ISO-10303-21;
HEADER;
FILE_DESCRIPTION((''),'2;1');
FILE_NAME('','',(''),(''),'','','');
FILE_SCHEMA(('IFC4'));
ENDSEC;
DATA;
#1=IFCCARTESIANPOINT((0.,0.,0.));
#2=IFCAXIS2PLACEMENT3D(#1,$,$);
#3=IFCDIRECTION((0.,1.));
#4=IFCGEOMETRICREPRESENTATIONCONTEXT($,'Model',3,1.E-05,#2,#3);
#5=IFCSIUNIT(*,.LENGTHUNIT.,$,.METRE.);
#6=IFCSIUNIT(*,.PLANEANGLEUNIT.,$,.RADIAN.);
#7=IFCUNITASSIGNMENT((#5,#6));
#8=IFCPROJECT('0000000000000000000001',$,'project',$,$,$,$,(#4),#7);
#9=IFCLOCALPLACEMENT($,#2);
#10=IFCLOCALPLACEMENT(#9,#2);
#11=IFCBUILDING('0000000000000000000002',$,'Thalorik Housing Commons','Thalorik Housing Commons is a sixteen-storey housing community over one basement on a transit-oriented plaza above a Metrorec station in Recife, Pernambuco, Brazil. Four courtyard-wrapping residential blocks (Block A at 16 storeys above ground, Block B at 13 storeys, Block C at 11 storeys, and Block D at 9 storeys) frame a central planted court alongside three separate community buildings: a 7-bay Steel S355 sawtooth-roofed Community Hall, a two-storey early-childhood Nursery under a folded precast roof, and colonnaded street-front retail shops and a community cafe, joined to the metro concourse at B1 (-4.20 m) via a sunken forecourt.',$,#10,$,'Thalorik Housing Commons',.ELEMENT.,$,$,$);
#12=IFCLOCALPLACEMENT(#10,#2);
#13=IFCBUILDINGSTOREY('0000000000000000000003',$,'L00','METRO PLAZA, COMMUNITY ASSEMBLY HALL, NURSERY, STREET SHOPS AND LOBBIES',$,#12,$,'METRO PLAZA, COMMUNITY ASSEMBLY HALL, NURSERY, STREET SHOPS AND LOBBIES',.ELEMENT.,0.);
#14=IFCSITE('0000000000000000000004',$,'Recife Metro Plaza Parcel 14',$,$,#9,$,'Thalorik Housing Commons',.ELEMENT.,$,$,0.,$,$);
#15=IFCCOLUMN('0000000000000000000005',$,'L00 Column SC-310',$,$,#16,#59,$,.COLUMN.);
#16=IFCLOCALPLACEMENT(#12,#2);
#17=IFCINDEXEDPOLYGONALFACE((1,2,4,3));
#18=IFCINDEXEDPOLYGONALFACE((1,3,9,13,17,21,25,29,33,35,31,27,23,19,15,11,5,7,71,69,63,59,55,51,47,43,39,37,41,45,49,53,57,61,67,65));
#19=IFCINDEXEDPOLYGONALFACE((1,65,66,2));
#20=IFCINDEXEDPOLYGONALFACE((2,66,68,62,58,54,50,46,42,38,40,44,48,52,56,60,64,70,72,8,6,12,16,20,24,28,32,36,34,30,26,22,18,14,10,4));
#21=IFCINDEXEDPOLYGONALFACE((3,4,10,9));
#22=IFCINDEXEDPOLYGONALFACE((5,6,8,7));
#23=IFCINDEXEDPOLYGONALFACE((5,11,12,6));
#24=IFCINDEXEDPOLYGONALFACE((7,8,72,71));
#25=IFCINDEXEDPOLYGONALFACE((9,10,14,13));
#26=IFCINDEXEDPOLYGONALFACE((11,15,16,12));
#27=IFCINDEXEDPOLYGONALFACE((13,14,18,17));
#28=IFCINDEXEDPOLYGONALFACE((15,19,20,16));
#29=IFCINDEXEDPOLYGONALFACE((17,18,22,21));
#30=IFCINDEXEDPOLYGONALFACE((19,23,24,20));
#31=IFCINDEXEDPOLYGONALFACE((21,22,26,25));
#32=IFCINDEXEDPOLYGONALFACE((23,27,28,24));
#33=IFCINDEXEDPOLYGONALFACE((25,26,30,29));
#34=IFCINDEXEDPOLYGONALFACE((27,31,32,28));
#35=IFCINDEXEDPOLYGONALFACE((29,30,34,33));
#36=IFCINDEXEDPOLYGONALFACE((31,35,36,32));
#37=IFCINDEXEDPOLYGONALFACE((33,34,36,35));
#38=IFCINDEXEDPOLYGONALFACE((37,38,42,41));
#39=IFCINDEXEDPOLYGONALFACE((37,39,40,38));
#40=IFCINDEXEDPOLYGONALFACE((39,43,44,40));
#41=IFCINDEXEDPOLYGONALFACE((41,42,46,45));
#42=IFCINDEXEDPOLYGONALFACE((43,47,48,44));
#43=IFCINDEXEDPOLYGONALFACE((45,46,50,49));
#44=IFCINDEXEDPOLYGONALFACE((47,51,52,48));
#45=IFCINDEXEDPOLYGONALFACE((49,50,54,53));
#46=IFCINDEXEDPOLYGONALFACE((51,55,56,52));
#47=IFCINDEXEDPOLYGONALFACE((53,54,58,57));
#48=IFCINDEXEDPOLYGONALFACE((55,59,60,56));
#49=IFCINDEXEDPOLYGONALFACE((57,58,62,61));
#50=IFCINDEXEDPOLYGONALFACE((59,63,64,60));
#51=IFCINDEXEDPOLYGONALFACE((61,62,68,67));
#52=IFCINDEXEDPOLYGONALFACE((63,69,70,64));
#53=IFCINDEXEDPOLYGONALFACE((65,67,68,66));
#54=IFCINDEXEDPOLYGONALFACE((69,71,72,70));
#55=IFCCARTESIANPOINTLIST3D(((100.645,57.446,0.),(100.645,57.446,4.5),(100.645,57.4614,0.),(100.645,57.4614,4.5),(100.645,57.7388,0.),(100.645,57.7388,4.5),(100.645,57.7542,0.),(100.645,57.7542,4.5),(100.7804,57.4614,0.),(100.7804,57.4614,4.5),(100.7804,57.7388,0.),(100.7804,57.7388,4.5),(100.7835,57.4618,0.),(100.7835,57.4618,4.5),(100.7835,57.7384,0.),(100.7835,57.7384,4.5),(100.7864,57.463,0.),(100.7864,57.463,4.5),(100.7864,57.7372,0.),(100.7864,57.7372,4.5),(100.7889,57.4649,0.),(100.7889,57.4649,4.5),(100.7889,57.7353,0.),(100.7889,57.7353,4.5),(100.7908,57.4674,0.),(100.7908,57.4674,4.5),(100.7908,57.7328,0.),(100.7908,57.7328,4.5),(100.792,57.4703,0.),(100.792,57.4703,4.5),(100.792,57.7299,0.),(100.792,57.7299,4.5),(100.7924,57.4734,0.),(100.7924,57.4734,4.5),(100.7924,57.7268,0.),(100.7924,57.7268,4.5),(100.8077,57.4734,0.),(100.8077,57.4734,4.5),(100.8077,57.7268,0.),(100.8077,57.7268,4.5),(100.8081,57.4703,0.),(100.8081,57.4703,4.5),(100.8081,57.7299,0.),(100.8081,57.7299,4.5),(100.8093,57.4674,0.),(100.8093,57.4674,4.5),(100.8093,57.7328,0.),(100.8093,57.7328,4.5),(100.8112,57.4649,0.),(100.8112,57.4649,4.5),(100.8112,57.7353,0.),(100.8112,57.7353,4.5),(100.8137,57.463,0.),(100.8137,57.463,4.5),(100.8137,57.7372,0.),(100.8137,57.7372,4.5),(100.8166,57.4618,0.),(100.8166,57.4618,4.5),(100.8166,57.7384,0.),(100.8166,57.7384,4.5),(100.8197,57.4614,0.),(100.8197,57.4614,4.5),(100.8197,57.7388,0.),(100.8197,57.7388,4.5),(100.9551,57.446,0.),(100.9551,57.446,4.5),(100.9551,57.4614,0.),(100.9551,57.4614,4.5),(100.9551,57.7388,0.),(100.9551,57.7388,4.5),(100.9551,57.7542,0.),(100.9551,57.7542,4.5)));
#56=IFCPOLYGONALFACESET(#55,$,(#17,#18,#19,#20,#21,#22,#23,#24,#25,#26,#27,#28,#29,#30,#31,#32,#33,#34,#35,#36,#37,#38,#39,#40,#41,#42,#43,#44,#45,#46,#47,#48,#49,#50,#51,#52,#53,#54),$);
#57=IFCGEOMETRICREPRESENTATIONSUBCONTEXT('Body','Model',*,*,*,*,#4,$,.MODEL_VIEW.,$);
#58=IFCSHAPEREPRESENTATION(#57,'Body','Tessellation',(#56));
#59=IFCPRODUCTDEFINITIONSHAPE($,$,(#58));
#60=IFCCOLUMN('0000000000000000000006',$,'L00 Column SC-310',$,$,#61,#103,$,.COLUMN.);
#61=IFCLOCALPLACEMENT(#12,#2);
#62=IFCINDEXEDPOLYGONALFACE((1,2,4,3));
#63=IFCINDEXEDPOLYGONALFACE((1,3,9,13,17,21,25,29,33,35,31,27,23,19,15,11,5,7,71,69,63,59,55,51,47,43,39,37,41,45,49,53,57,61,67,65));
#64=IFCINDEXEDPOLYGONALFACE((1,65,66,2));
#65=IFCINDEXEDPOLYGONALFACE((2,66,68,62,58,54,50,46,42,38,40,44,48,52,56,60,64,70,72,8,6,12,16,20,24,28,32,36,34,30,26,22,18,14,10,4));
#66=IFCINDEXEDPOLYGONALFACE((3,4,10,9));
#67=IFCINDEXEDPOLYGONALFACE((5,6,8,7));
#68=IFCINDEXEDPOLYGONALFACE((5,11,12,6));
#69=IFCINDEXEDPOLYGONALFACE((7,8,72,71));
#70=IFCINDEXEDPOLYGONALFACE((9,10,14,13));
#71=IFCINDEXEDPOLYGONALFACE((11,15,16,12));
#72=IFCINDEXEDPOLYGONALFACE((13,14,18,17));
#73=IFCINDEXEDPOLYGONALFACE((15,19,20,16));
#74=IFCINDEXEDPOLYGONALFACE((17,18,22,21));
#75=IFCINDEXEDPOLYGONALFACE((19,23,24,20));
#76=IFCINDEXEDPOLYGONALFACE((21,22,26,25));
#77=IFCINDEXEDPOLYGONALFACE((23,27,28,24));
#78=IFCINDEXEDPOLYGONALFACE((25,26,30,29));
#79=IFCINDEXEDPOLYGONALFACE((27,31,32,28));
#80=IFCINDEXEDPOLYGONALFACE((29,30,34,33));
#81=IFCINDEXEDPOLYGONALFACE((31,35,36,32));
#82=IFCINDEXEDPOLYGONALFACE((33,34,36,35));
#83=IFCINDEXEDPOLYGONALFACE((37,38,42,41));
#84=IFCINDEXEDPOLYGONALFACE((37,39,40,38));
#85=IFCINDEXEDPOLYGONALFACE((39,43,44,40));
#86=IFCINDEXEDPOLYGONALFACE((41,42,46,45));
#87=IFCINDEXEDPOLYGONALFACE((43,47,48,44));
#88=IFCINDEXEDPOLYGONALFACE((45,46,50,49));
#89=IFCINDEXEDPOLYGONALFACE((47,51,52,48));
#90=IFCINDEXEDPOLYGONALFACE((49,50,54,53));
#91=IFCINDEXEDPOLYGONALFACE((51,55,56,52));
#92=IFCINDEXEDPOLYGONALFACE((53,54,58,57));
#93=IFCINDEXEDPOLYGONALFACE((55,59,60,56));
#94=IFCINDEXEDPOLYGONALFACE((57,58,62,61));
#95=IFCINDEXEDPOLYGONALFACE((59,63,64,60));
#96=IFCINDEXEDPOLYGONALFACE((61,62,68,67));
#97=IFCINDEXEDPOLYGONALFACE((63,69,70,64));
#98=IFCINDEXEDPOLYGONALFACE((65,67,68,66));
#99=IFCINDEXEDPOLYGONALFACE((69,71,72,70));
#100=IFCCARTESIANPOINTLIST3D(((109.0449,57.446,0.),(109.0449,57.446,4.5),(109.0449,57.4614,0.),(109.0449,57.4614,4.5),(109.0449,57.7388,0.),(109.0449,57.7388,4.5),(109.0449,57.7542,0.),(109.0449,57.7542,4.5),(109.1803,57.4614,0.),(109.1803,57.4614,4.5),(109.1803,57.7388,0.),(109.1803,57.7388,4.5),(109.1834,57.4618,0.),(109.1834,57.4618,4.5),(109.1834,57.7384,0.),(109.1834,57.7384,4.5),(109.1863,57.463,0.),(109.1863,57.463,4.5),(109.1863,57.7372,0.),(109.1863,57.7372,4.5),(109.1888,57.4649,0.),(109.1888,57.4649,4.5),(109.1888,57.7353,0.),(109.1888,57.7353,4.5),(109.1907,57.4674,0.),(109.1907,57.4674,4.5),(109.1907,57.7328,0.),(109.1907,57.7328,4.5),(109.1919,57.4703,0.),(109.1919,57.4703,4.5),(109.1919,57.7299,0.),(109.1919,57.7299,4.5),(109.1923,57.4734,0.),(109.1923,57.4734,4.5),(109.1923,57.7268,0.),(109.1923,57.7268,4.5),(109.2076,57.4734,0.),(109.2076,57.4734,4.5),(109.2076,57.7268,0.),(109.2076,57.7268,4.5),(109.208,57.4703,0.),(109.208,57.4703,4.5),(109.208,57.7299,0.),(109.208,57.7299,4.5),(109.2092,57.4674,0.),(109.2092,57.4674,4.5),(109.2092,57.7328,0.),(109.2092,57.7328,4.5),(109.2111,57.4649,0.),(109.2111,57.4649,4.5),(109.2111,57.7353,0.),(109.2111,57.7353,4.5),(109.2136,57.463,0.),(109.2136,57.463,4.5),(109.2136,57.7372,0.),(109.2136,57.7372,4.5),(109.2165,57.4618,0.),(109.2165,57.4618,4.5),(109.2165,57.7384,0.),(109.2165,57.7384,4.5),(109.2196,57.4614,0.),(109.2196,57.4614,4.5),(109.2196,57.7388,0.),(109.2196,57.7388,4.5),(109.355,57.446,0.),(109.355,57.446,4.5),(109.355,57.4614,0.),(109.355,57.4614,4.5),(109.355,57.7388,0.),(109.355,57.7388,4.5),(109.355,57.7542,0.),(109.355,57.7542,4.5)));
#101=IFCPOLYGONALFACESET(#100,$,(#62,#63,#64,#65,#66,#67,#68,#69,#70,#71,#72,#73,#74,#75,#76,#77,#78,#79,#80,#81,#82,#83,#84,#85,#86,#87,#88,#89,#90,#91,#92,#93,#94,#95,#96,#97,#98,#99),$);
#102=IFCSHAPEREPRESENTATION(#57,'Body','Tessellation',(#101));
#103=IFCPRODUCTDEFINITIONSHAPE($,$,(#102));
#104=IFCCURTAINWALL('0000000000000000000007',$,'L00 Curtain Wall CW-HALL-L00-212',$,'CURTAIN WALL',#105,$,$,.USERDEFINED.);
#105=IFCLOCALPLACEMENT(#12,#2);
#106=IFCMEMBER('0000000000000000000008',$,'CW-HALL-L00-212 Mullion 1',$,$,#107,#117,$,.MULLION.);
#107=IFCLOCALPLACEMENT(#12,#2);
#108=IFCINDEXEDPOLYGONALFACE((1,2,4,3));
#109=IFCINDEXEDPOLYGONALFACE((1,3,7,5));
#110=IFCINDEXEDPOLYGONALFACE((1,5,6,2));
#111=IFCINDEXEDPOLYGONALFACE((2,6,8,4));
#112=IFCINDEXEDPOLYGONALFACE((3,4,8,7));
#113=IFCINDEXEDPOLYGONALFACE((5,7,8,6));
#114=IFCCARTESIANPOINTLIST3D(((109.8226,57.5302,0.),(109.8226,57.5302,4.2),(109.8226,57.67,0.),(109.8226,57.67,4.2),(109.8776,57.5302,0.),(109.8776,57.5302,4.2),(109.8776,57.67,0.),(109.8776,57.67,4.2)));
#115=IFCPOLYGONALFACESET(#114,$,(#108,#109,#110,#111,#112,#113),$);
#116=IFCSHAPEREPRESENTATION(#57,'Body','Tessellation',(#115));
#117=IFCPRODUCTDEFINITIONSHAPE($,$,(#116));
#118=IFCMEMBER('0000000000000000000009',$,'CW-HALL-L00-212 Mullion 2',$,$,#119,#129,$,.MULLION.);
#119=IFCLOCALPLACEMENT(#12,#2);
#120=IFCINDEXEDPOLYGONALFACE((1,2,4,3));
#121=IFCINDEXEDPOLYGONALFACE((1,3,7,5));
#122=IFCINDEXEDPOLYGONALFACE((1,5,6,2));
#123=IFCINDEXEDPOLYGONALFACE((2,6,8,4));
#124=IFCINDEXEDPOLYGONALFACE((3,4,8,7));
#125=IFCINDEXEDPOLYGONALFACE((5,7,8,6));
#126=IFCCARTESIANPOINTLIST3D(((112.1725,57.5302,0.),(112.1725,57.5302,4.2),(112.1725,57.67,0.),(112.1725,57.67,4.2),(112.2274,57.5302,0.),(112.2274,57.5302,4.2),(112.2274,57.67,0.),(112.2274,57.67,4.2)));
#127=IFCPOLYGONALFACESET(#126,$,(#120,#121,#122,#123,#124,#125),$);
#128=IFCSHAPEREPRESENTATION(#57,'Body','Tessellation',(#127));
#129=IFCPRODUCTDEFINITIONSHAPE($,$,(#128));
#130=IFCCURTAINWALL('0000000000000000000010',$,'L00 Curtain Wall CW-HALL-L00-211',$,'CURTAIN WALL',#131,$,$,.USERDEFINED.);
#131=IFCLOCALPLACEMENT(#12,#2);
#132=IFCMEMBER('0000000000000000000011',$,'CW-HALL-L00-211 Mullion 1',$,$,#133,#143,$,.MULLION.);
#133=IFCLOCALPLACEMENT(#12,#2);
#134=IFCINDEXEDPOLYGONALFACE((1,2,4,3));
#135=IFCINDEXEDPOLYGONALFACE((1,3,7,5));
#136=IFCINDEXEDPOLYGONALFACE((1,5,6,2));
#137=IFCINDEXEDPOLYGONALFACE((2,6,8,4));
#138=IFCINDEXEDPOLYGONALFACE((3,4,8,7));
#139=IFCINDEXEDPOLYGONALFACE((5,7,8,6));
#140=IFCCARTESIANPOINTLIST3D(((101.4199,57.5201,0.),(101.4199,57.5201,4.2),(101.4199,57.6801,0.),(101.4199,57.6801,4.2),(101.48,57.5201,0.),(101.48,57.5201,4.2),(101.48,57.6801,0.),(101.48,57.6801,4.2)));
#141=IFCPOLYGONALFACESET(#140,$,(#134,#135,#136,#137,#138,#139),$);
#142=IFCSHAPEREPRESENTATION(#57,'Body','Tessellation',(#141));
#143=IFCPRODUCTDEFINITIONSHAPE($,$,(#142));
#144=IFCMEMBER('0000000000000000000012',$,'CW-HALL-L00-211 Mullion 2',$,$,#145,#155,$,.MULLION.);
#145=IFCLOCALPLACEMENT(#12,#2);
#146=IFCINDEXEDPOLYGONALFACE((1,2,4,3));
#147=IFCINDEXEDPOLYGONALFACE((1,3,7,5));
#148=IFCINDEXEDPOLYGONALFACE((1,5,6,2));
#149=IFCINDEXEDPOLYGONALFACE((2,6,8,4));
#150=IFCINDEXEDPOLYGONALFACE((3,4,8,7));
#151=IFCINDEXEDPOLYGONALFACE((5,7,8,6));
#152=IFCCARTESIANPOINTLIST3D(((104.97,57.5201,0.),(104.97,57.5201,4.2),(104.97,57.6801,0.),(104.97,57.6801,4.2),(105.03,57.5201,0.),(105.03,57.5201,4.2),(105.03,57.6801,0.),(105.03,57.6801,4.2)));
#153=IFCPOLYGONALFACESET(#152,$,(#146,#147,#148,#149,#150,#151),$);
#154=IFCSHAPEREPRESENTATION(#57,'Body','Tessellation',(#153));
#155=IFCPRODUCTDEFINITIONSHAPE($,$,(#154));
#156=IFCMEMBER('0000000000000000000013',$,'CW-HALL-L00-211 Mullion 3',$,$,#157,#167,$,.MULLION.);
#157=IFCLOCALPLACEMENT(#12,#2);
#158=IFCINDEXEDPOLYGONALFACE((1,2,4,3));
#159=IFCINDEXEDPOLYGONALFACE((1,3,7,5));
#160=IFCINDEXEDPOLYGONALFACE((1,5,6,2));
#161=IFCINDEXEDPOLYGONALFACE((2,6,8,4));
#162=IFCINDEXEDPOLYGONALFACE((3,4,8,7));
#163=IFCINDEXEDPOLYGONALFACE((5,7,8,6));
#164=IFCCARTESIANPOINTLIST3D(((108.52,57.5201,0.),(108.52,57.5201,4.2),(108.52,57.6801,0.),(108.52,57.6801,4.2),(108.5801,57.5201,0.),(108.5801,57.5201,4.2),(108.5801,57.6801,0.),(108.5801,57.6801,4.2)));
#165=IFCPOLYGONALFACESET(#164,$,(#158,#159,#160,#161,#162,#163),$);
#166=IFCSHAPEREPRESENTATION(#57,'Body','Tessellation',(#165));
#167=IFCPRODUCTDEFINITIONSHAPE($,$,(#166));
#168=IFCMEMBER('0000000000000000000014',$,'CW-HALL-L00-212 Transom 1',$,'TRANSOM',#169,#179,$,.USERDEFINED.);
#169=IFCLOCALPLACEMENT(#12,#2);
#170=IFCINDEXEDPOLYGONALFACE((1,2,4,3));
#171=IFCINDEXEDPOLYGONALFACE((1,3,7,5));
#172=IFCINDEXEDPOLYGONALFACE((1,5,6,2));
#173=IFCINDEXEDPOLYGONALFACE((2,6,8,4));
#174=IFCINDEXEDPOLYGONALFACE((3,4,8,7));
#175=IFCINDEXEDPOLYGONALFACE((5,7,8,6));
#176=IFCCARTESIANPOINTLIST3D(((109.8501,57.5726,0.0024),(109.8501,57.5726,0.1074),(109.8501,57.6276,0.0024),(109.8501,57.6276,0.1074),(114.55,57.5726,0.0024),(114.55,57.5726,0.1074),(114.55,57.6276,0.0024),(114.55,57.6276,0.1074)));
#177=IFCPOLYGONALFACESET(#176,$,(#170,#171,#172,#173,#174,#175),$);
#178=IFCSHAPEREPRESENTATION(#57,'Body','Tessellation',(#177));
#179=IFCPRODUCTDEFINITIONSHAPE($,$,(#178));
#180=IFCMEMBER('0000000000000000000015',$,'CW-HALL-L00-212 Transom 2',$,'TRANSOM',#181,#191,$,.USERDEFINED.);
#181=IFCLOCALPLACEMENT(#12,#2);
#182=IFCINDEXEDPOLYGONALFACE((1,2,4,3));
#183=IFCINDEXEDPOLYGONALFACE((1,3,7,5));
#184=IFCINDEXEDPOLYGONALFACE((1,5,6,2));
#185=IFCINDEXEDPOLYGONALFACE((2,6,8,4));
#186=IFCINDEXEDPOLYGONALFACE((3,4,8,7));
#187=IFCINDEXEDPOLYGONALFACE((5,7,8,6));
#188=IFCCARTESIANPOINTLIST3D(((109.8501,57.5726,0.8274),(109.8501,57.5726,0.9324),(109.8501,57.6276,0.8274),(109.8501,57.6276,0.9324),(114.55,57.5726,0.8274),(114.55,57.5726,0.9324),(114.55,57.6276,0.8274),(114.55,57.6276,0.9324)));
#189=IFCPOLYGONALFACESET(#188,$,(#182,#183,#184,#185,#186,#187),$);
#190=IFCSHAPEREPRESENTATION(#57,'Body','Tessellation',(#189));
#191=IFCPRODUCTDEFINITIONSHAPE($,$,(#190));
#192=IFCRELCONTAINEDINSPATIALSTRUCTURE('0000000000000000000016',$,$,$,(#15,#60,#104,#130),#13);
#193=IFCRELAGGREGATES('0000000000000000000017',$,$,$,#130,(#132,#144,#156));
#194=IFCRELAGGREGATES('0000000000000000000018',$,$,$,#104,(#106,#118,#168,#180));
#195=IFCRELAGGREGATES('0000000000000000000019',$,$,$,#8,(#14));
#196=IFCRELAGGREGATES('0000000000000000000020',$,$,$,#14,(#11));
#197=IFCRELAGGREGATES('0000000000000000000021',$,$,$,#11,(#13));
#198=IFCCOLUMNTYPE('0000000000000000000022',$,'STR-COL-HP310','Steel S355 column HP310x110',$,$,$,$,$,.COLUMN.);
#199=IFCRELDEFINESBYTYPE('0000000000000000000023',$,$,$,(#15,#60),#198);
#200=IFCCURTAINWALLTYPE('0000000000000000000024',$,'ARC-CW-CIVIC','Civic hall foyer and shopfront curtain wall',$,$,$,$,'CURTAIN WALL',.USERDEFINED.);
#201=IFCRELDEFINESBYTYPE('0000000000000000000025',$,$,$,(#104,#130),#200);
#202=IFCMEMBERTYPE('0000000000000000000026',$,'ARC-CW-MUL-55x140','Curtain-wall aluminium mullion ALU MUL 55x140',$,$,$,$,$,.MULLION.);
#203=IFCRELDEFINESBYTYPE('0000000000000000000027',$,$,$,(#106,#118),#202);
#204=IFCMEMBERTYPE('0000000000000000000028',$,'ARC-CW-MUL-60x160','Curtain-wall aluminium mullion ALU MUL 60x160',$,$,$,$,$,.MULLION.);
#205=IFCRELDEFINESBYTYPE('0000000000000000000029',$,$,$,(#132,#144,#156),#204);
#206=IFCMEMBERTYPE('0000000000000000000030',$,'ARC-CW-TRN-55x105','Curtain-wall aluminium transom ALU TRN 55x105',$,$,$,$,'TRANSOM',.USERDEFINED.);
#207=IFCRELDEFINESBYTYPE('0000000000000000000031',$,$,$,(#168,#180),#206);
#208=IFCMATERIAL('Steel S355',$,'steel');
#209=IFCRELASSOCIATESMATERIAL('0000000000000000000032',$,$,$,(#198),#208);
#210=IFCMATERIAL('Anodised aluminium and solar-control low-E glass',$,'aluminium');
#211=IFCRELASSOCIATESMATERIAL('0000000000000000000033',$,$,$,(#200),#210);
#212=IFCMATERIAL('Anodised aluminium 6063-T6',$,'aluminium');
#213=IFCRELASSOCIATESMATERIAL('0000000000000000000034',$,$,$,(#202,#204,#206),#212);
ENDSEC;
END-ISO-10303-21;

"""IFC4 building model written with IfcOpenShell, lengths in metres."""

from ifc_helpers import new_model, si_unit, direction, frame, origin, origin_2d, place, context, subcontext, project, spatial, rectangle, i_section, extrude, material, material_profile, profile_set, type_object, element, aggregate, save


model = new_model("IFC4")

# Units and contexts
model_context = context("Model", 3, precision=1e-05, world=origin(), true_north=direction((0.0, 1.0)))
body_context = subcontext(model_context, "Body", "Model", "MODEL_VIEW")
ifc_project = project(units=[si_unit("LENGTHUNIT", "METRE"), si_unit("PLANEANGLEUNIT", "RADIAN")], contexts=[model_context])

# Site, building, storey
site_placement = place(None, origin())
site = spatial("IfcSite", under=ifc_project, at=site_placement, Name="Recife Metro Plaza Parcel 14", LongName="Thalorik Housing Commons", CompositionType="ELEMENT", RefElevation=0.0)
building_placement = place(site_placement, origin())
building = spatial("IfcBuilding", under=site, at=building_placement, Name="Thalorik Housing Commons", Description="Thalorik Housing Commons is a sixteen-storey housing community over one basement on a transit-oriented plaza above a Metrorec station in Recife, Pernambuco, Brazil. Four courtyard-wrapping residential blocks (Block A at 16 storeys above ground, Block B at 13 storeys, Block C at 11 storeys, and Block D at 9 storeys) frame a central planted court alongside three separate community buildings: a 7-bay Steel S355 sawtooth-roofed Community Hall, a two-storey early-childhood Nursery under a folded precast roof, and colonnaded street-front retail shops and a community cafe, joined to the metro concourse at B1 (-4.20 m) via a sunken forecourt.", LongName="Thalorik Housing Commons", CompositionType="ELEMENT")
storey_placement = place(building_placement, origin())
storey = spatial("IfcBuildingStorey", under=building, at=storey_placement, Name="L00", Description="METRO PLAZA, COMMUNITY ASSEMBLY HALL, NURSERY, STREET SHOPS AND LOBBIES", LongName="METRO PLAZA, COMMUNITY ASSEMBLY HALL, NURSERY, STREET SHOPS AND LOBBIES", CompositionType="ELEMENT", Elevation=0.0)

# Columns
ifc_material_1 = material(Name="Steel S355", Category="steel")
ifc_material_profile_1 = material_profile(ifc_material_1, i_section(OverallWidth=0.3101, OverallDepth=0.3081, WebThickness=0.0154, FlangeThickness=0.0154, FilletRadius=0.012, at=origin_2d()), Name="HP310x110", Category="steel")
ifc_profile_set_1 = profile_set([ifc_material_profile_1], Name="Steel S355")
column_type = type_object("IfcColumnType", Name="STR-COL-HP310", Description="Steel S355 column HP310x110", PredefinedType="COLUMN", material=ifc_profile_set_1)
for number, where, z_axis, x_axis, name in (
    (1, (100.8, 57.6001, 0.0), (0.0, 0.0, 1.0), (1.0, 0.0, 0.0), "L00 Column SC-310"),
    (2, (109.2, 57.6001, 0.0), (0.0, 0.0, 1.0), (1.0, 0.0, 0.0), "L00 Column SC-310"),
):
    element("IfcColumn", number, at=place(storey_placement, frame(where, z_axis=z_axis, x_axis=x_axis)), inside=storey, type_object=column_type, Name=name, PredefinedType="COLUMN", context=body_context, shape_type="SweptSolid", body=[
        extrude(i_section(OverallWidth=0.3101, OverallDepth=0.3081, WebThickness=0.0154, FlangeThickness=0.0154, FilletRadius=0.012, at=origin_2d()), origin(), (0.0, 0.0, 1.0), 4.5),
    ])

# Curtain walls, members
ifc_material_2 = material(Name="Anodised aluminium and solar-control low-E glass", Category="aluminium")
curtain_wall_type = type_object("IfcCurtainWallType", Name="ARC-CW-CIVIC", Description="Civic hall foyer and shopfront curtain wall", ElementType="CURTAIN WALL", PredefinedType="USERDEFINED", material=ifc_material_2)
curtain_wall_1_placement = place(storey_placement, origin())
curtain_wall_1 = element("IfcCurtainWall", 3, at=curtain_wall_1_placement, inside=storey, type_object=curtain_wall_type, Name="L00 Curtain Wall CW-HALL-L00-212", ObjectType="CURTAIN WALL", PredefinedType="USERDEFINED")
ifc_material_3 = material(Name="Anodised aluminium 6063-T6", Category="aluminium")
ifc_material_profile_2 = material_profile(ifc_material_3, rectangle(XDim=0.0549, YDim=0.1399, at=origin_2d()), Name="ALU MUL 55x140", Category="aluminium")
ifc_profile_set_2 = profile_set([ifc_material_profile_2], Name="Anodised aluminium 6063-T6")
member_type_1 = type_object("IfcMemberType", Name="ARC-CW-MUL-55x140", Description="Curtain-wall aluminium mullion ALU MUL 55x140", PredefinedType="MULLION", material=ifc_profile_set_2)
member_1_placement = place(storey_placement, frame((109.8501, 57.6001, 0.0), z_axis=(0.0, 0.0, 1.0), x_axis=(1.0, 0.0, 0.0)))
member_1 = element("IfcMember", 4, at=member_1_placement, type_object=member_type_1, Name="CW-HALL-L00-212 Mullion 1", PredefinedType="MULLION", context=body_context, shape_type="SweptSolid", body=[
    extrude(rectangle(XDim=0.0549, YDim=0.1399, at=origin_2d()), origin(), (0.0, 0.0, 1.0), 4.2),
])
member_2_placement = place(storey_placement, frame((112.2, 57.6001, 0.0), z_axis=(0.0, 0.0, 1.0), x_axis=(1.0, 0.0, 0.0)))
member_2 = element("IfcMember", 5, at=member_2_placement, type_object=member_type_1, Name="CW-HALL-L00-212 Mullion 2", PredefinedType="MULLION", context=body_context, shape_type="SweptSolid", body=[
    extrude(rectangle(XDim=0.0549, YDim=0.1399, at=origin_2d()), origin(), (0.0, 0.0, 1.0), 4.2),
])
curtain_wall_2_placement = place(storey_placement, origin())
curtain_wall_2 = element("IfcCurtainWall", 6, at=curtain_wall_2_placement, inside=storey, type_object=curtain_wall_type, Name="L00 Curtain Wall CW-HALL-L00-211", ObjectType="CURTAIN WALL", PredefinedType="USERDEFINED")
ifc_material_profile_3 = material_profile(ifc_material_3, rectangle(XDim=0.0601, YDim=0.1599, at=origin_2d()), Name="ALU MUL 60x160", Category="aluminium")
ifc_profile_set_3 = profile_set([ifc_material_profile_3], Name="Anodised aluminium 6063-T6")
member_type_2 = type_object("IfcMemberType", Name="ARC-CW-MUL-60x160", Description="Curtain-wall aluminium mullion ALU MUL 60x160", PredefinedType="MULLION", material=ifc_profile_set_3)
member_3_placement = place(storey_placement, frame((101.45, 57.6001, 0.0), z_axis=(0.0, 0.0, 1.0), x_axis=(1.0, 0.0, 0.0)))
member_3 = element("IfcMember", 7, at=member_3_placement, type_object=member_type_2, Name="CW-HALL-L00-211 Mullion 1", PredefinedType="MULLION", context=body_context, shape_type="SweptSolid", body=[
    extrude(rectangle(XDim=0.0601, YDim=0.1599, at=origin_2d()), origin(), (0.0, 0.0, 1.0), 4.2),
])
member_4_placement = place(storey_placement, frame((105.0, 57.6001, 0.0), z_axis=(0.0, 0.0, 1.0), x_axis=(1.0, 0.0, 0.0)))
member_4 = element("IfcMember", 8, at=member_4_placement, type_object=member_type_2, Name="CW-HALL-L00-211 Mullion 2", PredefinedType="MULLION", context=body_context, shape_type="SweptSolid", body=[
    extrude(rectangle(XDim=0.0601, YDim=0.1599, at=origin_2d()), origin(), (0.0, 0.0, 1.0), 4.2),
])
member_5_placement = place(storey_placement, frame((108.55, 57.6001, 0.0), z_axis=(0.0, 0.0, 1.0), x_axis=(1.0, 0.0, 0.0)))
member_5 = element("IfcMember", 9, at=member_5_placement, type_object=member_type_2, Name="CW-HALL-L00-211 Mullion 3", PredefinedType="MULLION", context=body_context, shape_type="SweptSolid", body=[
    extrude(rectangle(XDim=0.0601, YDim=0.1599, at=origin_2d()), origin(), (0.0, 0.0, 1.0), 4.2),
])

# Members
ifc_material_profile_4 = material_profile(ifc_material_3, rectangle(XDim=0.0549, YDim=0.105, at=origin_2d()), Name="ALU TRN 55x105", Category="aluminium")
ifc_profile_set_4 = profile_set([ifc_material_profile_4], Name="Anodised aluminium 6063-T6")
member_type_3 = type_object("IfcMemberType", Name="ARC-CW-TRN-55x105", Description="Curtain-wall aluminium transom ALU TRN 55x105", ElementType="TRANSOM", PredefinedType="USERDEFINED", material=ifc_profile_set_4)
member_6_placement = place(storey_placement, frame((109.8501, 57.6001, 0.0549), z_axis=(1.0, 0.0, 0.0), x_axis=(0.0, 1.0, 0.0)))
member_6 = element("IfcMember", 10, at=member_6_placement, type_object=member_type_3, Name="CW-HALL-L00-212 Transom 1", ObjectType="TRANSOM", PredefinedType="USERDEFINED", context=body_context, shape_type="SweptSolid", body=[
    extrude(rectangle(XDim=0.0549, YDim=0.105, at=origin_2d()), origin(), (0.0, 0.0, 1.0), 4.7),
])
member_7_placement = place(storey_placement, frame((109.8501, 57.6001, 0.8799), z_axis=(1.0, 0.0, 0.0), x_axis=(0.0, 1.0, 0.0)))
member_7 = element("IfcMember", 11, at=member_7_placement, type_object=member_type_3, Name="CW-HALL-L00-212 Transom 2", ObjectType="TRANSOM", PredefinedType="USERDEFINED", context=body_context, shape_type="SweptSolid", body=[
    extrude(rectangle(XDim=0.0549, YDim=0.105, at=origin_2d()), origin(), (0.0, 0.0, 1.0), 4.7),
])

aggregate(curtain_wall_2, [member_3, member_4, member_5])
aggregate(curtain_wall_1, [member_1, member_2, member_6, member_7])

save(model, "model.ifc")
